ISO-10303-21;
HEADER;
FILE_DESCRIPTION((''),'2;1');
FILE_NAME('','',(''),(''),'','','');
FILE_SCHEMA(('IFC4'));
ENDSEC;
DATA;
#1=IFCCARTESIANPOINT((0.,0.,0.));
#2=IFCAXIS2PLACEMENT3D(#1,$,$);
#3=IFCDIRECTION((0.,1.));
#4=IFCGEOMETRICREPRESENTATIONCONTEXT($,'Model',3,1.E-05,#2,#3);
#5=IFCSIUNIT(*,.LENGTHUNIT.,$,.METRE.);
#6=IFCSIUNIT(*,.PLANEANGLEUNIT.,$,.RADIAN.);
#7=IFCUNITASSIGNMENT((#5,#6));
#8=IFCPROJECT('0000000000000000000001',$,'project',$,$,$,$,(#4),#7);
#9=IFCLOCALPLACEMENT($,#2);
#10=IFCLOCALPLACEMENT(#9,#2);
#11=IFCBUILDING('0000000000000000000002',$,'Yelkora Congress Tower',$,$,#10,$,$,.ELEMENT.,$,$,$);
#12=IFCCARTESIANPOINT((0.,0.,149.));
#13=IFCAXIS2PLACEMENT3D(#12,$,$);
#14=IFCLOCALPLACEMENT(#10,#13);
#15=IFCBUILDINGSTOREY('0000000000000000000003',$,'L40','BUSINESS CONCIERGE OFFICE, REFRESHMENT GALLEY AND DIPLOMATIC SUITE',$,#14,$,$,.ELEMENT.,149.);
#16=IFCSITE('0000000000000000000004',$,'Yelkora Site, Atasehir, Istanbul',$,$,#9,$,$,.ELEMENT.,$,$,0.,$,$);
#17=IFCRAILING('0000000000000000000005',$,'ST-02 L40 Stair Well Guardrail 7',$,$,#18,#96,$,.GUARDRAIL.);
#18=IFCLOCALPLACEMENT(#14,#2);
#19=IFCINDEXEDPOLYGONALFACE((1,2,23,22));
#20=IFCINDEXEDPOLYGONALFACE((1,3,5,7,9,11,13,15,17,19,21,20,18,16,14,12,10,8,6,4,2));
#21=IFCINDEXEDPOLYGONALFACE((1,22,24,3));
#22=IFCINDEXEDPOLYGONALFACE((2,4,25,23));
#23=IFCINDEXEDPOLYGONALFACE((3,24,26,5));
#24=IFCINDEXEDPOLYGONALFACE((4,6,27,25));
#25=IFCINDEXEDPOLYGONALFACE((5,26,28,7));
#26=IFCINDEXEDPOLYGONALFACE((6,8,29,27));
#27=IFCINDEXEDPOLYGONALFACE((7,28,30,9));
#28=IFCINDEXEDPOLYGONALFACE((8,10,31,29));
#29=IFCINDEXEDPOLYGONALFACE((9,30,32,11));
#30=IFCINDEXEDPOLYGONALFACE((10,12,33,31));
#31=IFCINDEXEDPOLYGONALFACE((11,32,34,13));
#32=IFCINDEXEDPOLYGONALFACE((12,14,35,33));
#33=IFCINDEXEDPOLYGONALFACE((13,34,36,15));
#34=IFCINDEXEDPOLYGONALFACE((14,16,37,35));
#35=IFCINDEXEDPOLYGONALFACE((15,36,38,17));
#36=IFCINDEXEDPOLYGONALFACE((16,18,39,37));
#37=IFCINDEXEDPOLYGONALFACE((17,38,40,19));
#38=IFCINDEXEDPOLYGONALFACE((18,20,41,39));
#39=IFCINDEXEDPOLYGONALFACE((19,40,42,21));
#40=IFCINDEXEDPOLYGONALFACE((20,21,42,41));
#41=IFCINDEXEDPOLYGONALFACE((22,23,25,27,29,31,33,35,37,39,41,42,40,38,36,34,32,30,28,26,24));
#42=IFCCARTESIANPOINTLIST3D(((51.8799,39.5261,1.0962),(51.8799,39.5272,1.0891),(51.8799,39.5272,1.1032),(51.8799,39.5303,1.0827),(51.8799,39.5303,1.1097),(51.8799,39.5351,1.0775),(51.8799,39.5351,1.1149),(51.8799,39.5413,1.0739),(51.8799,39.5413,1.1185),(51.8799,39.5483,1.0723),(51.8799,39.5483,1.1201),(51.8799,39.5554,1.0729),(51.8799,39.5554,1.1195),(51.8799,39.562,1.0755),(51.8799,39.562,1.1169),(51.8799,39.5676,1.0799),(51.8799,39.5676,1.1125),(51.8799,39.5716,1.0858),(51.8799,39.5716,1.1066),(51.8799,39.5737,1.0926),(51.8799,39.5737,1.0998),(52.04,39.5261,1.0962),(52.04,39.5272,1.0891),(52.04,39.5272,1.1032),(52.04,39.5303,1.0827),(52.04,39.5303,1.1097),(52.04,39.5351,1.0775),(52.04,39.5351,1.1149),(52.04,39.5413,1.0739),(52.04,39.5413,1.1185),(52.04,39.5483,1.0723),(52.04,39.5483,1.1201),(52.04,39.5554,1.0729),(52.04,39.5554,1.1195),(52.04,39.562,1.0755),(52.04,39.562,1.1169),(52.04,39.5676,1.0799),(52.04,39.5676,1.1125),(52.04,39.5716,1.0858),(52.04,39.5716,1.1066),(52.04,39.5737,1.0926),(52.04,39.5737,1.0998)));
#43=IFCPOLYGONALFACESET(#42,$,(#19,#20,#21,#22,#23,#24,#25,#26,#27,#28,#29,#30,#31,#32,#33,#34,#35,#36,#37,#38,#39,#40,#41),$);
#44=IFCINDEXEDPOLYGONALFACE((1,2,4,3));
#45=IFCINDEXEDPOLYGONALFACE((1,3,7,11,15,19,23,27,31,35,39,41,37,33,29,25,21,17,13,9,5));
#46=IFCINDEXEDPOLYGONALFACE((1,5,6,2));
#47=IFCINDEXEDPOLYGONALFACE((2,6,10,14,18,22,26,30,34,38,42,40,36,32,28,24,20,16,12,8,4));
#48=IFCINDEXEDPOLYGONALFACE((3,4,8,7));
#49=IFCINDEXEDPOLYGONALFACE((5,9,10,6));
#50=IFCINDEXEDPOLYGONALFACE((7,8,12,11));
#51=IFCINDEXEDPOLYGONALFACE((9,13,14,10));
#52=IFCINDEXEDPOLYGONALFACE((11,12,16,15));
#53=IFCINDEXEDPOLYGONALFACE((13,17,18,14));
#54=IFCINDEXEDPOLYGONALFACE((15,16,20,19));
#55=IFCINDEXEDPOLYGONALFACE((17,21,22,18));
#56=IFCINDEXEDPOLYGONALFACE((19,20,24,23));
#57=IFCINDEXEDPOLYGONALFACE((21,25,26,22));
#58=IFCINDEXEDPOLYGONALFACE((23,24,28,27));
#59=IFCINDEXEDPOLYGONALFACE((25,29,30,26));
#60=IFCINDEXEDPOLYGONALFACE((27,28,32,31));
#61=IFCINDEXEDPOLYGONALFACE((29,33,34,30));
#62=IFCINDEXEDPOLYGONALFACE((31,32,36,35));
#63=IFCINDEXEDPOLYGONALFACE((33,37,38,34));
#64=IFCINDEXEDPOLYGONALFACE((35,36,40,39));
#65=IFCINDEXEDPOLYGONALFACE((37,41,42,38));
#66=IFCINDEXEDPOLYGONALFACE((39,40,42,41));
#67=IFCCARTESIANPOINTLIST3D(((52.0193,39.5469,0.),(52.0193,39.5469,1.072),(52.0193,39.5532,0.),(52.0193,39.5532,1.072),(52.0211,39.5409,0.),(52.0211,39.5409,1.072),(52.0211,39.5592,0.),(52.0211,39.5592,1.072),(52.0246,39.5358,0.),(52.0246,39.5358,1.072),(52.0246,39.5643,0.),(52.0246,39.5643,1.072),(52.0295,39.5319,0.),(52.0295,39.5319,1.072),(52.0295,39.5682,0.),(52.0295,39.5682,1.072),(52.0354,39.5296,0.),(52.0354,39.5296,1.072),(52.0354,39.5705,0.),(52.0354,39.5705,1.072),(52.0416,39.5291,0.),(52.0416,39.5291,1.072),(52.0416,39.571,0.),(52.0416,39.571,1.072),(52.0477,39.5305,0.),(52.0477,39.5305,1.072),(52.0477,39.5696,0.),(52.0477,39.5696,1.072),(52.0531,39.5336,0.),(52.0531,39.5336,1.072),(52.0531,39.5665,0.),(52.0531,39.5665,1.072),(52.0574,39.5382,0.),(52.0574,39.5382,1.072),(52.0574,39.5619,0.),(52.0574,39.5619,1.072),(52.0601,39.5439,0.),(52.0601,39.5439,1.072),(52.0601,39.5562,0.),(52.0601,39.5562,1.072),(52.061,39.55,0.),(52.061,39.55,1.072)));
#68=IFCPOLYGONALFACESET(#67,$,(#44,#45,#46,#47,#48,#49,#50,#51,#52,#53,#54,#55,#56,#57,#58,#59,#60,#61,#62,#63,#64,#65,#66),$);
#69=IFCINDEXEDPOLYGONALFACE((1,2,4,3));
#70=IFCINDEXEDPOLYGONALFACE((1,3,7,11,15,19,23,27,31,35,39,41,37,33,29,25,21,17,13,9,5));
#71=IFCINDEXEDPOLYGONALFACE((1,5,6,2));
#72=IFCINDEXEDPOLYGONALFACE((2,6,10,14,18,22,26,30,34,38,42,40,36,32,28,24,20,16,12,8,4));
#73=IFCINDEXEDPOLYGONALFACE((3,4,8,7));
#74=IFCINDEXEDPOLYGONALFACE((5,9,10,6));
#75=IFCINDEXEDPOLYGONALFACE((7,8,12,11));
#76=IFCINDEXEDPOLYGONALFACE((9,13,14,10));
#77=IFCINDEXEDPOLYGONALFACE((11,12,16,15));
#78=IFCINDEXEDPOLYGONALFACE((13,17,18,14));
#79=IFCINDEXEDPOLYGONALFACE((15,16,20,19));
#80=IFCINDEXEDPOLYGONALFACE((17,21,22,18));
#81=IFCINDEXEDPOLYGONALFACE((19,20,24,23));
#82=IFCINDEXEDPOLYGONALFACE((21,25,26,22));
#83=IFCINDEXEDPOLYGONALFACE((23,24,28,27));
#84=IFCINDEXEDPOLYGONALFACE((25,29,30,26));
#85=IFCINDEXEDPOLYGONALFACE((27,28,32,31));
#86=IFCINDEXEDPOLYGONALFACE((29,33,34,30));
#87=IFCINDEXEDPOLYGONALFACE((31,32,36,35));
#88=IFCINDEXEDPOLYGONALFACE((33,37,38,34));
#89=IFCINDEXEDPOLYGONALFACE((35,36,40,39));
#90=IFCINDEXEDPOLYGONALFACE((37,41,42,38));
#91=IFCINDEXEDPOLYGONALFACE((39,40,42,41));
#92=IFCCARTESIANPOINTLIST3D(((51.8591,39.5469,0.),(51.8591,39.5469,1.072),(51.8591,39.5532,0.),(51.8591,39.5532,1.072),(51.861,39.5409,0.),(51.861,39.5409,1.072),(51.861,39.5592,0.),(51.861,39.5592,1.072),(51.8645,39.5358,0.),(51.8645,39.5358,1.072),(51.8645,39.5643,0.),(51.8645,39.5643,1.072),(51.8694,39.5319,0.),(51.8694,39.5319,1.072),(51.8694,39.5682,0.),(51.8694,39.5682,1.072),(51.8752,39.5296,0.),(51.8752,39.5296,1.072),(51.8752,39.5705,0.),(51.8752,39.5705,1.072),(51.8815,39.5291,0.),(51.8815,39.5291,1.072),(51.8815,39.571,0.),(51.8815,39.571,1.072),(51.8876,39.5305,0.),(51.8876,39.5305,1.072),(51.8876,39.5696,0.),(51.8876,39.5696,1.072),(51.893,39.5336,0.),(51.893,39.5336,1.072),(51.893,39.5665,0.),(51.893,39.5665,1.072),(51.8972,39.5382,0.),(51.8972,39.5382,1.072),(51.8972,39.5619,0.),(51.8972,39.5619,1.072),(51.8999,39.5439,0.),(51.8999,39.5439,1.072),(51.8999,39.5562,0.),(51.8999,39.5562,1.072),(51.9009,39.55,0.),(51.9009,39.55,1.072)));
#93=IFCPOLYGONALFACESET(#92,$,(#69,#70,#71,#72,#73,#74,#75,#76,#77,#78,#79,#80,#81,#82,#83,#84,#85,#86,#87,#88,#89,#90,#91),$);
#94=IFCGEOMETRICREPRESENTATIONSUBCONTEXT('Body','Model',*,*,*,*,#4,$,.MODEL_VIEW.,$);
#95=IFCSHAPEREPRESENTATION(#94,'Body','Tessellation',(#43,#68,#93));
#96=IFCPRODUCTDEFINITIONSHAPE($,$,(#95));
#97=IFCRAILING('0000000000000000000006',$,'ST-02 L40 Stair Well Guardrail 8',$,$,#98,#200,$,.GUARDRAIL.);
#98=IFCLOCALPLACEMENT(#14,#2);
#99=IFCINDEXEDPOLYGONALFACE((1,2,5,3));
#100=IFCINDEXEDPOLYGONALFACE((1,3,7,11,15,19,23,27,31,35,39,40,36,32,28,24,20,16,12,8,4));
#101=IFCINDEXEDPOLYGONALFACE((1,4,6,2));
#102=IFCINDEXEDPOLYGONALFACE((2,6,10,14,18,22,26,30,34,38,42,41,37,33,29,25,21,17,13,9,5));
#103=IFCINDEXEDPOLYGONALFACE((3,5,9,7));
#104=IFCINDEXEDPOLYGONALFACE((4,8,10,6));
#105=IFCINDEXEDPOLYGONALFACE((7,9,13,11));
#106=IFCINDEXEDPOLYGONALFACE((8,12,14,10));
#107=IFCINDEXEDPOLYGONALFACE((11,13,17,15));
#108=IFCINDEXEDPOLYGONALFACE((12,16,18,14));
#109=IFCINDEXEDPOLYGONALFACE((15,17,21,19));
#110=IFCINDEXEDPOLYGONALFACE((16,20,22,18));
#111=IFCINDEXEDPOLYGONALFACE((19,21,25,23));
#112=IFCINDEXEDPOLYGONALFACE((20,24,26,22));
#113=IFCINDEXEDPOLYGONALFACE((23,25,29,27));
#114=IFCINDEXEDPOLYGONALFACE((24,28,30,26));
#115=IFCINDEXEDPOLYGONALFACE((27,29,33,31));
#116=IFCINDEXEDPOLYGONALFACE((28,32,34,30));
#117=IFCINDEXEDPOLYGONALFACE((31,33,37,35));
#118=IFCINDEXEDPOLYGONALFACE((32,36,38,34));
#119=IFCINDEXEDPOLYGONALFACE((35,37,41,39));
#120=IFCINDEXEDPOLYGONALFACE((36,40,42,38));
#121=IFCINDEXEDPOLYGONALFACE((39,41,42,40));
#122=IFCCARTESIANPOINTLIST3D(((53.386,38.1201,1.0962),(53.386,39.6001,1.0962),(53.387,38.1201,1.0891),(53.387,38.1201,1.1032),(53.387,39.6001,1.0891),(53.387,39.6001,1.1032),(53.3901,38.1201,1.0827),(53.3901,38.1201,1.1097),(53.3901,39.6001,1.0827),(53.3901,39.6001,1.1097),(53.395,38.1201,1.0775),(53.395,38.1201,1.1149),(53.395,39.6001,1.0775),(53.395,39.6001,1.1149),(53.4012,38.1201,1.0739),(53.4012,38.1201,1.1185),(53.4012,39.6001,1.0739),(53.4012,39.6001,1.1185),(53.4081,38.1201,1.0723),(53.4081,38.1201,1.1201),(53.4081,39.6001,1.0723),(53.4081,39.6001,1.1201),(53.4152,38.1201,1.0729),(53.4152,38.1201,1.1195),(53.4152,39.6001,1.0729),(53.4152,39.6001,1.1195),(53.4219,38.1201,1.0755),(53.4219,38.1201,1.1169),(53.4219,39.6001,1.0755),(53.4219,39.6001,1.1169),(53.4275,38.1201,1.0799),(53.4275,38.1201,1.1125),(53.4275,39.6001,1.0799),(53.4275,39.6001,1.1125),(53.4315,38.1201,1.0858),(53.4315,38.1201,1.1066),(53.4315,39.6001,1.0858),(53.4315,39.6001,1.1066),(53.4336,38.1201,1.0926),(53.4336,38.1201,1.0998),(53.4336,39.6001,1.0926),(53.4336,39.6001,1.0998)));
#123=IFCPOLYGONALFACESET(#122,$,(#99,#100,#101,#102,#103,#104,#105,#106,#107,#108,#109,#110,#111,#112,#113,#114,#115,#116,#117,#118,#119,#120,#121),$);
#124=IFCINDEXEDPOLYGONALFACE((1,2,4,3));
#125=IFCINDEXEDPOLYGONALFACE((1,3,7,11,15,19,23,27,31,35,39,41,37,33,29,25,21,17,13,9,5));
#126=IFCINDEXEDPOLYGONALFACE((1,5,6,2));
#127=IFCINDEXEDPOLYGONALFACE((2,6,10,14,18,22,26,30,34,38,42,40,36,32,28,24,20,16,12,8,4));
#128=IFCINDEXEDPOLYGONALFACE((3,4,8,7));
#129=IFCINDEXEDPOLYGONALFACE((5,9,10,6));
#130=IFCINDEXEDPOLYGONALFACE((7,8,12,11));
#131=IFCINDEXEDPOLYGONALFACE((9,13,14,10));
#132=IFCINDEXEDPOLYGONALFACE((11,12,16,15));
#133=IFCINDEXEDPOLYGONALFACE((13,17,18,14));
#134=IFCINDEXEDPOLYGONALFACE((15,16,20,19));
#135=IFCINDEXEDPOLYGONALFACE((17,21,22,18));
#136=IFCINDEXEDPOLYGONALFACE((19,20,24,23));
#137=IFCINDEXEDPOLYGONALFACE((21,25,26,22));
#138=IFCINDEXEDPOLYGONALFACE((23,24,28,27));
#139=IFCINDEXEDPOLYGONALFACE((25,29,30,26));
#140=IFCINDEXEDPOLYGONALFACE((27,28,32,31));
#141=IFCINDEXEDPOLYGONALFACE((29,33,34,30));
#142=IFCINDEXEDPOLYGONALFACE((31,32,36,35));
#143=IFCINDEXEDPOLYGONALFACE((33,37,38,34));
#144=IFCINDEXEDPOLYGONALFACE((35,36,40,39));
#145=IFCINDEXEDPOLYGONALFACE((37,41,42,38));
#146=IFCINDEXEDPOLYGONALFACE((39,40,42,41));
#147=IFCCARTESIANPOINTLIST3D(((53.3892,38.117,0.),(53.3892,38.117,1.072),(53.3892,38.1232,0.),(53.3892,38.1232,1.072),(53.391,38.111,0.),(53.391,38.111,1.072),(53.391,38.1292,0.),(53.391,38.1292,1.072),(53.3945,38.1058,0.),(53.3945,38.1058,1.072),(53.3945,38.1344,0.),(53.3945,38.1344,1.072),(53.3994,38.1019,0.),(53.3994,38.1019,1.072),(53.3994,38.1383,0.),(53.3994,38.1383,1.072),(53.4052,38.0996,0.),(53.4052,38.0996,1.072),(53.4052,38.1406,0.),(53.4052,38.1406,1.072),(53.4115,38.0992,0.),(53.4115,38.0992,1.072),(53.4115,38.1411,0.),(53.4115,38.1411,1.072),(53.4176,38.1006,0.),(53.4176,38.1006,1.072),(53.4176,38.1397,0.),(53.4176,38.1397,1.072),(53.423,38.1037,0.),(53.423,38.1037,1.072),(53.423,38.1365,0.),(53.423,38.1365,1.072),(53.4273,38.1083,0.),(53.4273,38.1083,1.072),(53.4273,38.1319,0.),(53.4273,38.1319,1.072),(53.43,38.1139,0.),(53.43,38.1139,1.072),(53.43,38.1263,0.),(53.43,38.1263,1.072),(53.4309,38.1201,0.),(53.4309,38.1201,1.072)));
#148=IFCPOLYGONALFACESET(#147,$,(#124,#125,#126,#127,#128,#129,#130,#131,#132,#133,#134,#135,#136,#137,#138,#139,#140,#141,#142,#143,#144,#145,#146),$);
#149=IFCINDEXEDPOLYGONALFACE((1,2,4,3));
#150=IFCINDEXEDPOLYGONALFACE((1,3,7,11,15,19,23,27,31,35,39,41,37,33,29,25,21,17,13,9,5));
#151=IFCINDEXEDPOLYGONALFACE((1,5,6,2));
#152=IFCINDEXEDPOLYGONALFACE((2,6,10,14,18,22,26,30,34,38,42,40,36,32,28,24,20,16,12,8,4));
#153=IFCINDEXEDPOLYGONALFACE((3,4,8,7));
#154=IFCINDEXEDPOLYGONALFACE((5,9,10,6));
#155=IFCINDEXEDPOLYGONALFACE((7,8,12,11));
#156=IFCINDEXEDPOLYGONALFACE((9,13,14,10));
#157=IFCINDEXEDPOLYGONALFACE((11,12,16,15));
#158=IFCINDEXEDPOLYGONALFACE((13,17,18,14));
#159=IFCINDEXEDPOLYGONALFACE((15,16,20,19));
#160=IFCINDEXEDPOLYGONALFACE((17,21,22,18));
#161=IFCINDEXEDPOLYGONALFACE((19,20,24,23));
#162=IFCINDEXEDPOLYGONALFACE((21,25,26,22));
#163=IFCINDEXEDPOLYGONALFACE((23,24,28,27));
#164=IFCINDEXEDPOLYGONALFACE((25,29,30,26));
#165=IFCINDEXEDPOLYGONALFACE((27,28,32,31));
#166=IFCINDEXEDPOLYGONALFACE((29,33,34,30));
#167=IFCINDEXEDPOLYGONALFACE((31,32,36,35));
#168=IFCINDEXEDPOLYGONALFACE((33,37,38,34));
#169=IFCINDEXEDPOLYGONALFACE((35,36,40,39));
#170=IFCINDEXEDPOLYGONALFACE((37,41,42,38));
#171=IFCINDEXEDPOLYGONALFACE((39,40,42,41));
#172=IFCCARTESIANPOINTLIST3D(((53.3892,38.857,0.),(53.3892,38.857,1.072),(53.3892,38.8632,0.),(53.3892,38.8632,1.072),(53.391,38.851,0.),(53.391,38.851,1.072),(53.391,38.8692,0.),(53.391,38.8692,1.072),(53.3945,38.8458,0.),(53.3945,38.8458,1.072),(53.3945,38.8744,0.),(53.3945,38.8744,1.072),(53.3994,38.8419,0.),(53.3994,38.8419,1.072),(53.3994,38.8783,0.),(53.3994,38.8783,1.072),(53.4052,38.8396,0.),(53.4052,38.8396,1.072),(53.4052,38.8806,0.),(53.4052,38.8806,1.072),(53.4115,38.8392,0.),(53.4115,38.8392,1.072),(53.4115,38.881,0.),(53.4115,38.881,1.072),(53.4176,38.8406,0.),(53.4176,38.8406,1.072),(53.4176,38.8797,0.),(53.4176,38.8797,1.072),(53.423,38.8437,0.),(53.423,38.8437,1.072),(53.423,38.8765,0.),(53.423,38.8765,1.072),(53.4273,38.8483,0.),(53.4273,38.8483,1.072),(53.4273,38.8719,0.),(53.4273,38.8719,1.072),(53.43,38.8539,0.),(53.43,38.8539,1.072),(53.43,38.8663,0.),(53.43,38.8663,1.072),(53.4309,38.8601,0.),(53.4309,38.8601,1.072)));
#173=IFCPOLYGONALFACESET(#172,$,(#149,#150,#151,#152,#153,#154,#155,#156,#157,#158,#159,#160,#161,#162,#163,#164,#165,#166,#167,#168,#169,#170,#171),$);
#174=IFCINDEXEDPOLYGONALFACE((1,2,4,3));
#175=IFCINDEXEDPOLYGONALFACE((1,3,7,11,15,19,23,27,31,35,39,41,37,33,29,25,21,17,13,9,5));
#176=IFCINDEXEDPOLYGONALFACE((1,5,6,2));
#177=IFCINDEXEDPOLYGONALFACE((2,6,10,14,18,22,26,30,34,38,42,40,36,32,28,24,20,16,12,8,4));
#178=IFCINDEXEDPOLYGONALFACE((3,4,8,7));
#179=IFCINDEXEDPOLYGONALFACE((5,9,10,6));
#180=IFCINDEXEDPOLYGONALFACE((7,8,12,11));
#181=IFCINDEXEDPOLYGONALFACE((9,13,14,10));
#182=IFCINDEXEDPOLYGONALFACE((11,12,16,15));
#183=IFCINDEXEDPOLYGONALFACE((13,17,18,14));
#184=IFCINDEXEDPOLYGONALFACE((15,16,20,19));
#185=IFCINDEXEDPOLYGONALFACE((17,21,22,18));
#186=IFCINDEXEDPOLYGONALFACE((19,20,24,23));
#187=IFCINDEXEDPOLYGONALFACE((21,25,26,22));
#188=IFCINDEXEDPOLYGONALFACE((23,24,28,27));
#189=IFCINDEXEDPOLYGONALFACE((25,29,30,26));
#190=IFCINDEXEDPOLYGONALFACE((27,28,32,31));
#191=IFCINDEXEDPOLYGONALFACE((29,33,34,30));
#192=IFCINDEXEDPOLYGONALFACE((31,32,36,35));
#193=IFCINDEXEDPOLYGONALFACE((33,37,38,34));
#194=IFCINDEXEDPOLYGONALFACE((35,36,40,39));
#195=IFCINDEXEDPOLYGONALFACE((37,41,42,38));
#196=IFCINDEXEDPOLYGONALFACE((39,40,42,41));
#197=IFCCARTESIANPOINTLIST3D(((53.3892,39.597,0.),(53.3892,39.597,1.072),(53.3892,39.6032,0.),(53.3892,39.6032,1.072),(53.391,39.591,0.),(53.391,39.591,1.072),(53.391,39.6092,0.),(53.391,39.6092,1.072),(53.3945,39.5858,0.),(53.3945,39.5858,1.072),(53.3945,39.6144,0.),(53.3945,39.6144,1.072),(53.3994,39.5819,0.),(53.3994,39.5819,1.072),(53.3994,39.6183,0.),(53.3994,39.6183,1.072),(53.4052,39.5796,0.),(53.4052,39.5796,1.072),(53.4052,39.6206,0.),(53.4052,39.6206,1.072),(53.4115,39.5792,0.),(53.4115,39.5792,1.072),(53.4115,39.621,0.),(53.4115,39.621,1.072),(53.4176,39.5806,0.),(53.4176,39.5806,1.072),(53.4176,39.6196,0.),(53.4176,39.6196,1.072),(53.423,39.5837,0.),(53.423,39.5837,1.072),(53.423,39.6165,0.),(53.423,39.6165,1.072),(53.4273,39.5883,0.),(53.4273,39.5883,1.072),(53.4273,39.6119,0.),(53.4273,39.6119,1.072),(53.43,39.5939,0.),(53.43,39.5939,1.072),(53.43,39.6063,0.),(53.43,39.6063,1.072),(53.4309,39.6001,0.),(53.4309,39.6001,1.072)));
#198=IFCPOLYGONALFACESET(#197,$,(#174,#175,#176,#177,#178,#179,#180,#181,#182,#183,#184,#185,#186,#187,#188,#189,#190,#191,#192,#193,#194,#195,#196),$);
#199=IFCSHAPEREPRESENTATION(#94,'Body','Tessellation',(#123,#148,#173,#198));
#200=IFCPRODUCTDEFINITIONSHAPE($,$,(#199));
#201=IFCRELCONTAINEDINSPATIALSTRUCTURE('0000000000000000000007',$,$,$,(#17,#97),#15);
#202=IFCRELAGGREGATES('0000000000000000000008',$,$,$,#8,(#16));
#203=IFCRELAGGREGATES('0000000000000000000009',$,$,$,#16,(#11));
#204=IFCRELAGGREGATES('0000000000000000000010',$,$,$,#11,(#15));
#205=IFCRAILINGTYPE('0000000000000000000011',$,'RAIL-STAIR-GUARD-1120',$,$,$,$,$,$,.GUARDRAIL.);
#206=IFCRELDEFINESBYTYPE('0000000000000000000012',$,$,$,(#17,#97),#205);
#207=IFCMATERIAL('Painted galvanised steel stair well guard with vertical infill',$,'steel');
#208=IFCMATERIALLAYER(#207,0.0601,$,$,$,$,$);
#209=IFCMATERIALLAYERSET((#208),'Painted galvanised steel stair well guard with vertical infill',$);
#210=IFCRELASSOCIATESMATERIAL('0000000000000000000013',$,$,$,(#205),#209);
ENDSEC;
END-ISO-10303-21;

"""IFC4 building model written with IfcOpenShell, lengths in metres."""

from ifc_helpers import new_model, si_unit, direction, frame, origin, origin_2d, place, context, subcontext, project, spatial, circle, extrude, material, layer, layer_set, type_object, element, save


model = new_model("IFC4")

# Units and contexts
model_context = context("Model", 3, precision=1e-05, world=origin(), true_north=direction((0.0, 1.0)))
body_context = subcontext(model_context, "Body", "Model", "MODEL_VIEW")
ifc_project = project(units=[si_unit("LENGTHUNIT", "METRE"), si_unit("PLANEANGLEUNIT", "RADIAN")], contexts=[model_context])

# Site, building, storey
site_placement = place(None, origin())
site = spatial("IfcSite", under=ifc_project, at=site_placement, Name="Yelkora Site, Atasehir, Istanbul", CompositionType="ELEMENT", RefElevation=0.0)
building_placement = place(site_placement, origin())
building = spatial("IfcBuilding", under=site, at=building_placement, Name="Yelkora Congress Tower", CompositionType="ELEMENT")
storey_placement = place(building_placement, frame((0.0, 0.0, 149.0)))
storey = spatial("IfcBuildingStorey", under=building, at=storey_placement, Name="L40", Description="BUSINESS CONCIERGE OFFICE, REFRESHMENT GALLEY AND DIPLOMATIC SUITE", CompositionType="ELEMENT", Elevation=149.0)

# Railings
ifc_material_1 = material(Name="Painted galvanised steel stair well guard with vertical infill", Category="steel")
ifc_layer_1 = layer(ifc_material_1, 0.0601)
ifc_layer_set_1 = layer_set([ifc_layer_1], Name="Painted galvanised steel stair well guard with vertical infill")
railing_type_1 = type_object("IfcRailingType", Name="RAIL-STAIR-GUARD-1120", PredefinedType="GUARDRAIL", material=ifc_layer_set_1)
railing_1_placement = place(storey_placement, frame((52.04, 39.55, 0.0)))
element("IfcRailing", 1, at=railing_1_placement, inside=storey, type_object=railing_type_1, Name="ST-02 L40 Stair Well Guardrail 7", PredefinedType="GUARDRAIL", context=body_context, shape_type="SweptSolid", body=[
    extrude(circle(Radius=0.0239, at=origin_2d()), frame((0.0, 0.0, 1.0962), z_axis=(-1.0, 0.0, 0.0), x_axis=(0.0, -1.0, 0.0)), (0.0, 0.0, 1.0), 0.1602),
    extrude(circle(Radius=0.021, at=origin_2d()), origin(), (0.0, 0.0, 1.0), 1.072),
    extrude(circle(Radius=0.021, at=origin_2d()), frame((-0.1602, 0.0, 0.0)), (0.0, 0.0, 1.0), 1.072),
])
railing_2_placement = place(storey_placement, frame((53.4099, 38.1201, 0.0)))
element("IfcRailing", 2, at=railing_2_placement, inside=storey, type_object=railing_type_1, Name="ST-02 L40 Stair Well Guardrail 8", PredefinedType="GUARDRAIL", context=body_context, shape_type="SweptSolid", body=[
    extrude(circle(Radius=0.0239, at=origin_2d()), frame((0.0, 0.0, 1.0962), z_axis=(0.0, 1.0, 0.0), x_axis=(-1.0, 0.0, 0.0)), (0.0, 0.0, 1.0), 1.48),
    extrude(circle(Radius=0.021, at=origin_2d()), origin(), (0.0, 0.0, 1.0), 1.072),
    extrude(circle(Radius=0.021, at=origin_2d()), frame((0.0, 0.74, 0.0)), (0.0, 0.0, 1.0), 1.072),
    extrude(circle(Radius=0.021, at=origin_2d()), frame((0.0, 1.48, 0.0)), (0.0, 0.0, 1.0), 1.072),
])

save(model, "model.ifc")
